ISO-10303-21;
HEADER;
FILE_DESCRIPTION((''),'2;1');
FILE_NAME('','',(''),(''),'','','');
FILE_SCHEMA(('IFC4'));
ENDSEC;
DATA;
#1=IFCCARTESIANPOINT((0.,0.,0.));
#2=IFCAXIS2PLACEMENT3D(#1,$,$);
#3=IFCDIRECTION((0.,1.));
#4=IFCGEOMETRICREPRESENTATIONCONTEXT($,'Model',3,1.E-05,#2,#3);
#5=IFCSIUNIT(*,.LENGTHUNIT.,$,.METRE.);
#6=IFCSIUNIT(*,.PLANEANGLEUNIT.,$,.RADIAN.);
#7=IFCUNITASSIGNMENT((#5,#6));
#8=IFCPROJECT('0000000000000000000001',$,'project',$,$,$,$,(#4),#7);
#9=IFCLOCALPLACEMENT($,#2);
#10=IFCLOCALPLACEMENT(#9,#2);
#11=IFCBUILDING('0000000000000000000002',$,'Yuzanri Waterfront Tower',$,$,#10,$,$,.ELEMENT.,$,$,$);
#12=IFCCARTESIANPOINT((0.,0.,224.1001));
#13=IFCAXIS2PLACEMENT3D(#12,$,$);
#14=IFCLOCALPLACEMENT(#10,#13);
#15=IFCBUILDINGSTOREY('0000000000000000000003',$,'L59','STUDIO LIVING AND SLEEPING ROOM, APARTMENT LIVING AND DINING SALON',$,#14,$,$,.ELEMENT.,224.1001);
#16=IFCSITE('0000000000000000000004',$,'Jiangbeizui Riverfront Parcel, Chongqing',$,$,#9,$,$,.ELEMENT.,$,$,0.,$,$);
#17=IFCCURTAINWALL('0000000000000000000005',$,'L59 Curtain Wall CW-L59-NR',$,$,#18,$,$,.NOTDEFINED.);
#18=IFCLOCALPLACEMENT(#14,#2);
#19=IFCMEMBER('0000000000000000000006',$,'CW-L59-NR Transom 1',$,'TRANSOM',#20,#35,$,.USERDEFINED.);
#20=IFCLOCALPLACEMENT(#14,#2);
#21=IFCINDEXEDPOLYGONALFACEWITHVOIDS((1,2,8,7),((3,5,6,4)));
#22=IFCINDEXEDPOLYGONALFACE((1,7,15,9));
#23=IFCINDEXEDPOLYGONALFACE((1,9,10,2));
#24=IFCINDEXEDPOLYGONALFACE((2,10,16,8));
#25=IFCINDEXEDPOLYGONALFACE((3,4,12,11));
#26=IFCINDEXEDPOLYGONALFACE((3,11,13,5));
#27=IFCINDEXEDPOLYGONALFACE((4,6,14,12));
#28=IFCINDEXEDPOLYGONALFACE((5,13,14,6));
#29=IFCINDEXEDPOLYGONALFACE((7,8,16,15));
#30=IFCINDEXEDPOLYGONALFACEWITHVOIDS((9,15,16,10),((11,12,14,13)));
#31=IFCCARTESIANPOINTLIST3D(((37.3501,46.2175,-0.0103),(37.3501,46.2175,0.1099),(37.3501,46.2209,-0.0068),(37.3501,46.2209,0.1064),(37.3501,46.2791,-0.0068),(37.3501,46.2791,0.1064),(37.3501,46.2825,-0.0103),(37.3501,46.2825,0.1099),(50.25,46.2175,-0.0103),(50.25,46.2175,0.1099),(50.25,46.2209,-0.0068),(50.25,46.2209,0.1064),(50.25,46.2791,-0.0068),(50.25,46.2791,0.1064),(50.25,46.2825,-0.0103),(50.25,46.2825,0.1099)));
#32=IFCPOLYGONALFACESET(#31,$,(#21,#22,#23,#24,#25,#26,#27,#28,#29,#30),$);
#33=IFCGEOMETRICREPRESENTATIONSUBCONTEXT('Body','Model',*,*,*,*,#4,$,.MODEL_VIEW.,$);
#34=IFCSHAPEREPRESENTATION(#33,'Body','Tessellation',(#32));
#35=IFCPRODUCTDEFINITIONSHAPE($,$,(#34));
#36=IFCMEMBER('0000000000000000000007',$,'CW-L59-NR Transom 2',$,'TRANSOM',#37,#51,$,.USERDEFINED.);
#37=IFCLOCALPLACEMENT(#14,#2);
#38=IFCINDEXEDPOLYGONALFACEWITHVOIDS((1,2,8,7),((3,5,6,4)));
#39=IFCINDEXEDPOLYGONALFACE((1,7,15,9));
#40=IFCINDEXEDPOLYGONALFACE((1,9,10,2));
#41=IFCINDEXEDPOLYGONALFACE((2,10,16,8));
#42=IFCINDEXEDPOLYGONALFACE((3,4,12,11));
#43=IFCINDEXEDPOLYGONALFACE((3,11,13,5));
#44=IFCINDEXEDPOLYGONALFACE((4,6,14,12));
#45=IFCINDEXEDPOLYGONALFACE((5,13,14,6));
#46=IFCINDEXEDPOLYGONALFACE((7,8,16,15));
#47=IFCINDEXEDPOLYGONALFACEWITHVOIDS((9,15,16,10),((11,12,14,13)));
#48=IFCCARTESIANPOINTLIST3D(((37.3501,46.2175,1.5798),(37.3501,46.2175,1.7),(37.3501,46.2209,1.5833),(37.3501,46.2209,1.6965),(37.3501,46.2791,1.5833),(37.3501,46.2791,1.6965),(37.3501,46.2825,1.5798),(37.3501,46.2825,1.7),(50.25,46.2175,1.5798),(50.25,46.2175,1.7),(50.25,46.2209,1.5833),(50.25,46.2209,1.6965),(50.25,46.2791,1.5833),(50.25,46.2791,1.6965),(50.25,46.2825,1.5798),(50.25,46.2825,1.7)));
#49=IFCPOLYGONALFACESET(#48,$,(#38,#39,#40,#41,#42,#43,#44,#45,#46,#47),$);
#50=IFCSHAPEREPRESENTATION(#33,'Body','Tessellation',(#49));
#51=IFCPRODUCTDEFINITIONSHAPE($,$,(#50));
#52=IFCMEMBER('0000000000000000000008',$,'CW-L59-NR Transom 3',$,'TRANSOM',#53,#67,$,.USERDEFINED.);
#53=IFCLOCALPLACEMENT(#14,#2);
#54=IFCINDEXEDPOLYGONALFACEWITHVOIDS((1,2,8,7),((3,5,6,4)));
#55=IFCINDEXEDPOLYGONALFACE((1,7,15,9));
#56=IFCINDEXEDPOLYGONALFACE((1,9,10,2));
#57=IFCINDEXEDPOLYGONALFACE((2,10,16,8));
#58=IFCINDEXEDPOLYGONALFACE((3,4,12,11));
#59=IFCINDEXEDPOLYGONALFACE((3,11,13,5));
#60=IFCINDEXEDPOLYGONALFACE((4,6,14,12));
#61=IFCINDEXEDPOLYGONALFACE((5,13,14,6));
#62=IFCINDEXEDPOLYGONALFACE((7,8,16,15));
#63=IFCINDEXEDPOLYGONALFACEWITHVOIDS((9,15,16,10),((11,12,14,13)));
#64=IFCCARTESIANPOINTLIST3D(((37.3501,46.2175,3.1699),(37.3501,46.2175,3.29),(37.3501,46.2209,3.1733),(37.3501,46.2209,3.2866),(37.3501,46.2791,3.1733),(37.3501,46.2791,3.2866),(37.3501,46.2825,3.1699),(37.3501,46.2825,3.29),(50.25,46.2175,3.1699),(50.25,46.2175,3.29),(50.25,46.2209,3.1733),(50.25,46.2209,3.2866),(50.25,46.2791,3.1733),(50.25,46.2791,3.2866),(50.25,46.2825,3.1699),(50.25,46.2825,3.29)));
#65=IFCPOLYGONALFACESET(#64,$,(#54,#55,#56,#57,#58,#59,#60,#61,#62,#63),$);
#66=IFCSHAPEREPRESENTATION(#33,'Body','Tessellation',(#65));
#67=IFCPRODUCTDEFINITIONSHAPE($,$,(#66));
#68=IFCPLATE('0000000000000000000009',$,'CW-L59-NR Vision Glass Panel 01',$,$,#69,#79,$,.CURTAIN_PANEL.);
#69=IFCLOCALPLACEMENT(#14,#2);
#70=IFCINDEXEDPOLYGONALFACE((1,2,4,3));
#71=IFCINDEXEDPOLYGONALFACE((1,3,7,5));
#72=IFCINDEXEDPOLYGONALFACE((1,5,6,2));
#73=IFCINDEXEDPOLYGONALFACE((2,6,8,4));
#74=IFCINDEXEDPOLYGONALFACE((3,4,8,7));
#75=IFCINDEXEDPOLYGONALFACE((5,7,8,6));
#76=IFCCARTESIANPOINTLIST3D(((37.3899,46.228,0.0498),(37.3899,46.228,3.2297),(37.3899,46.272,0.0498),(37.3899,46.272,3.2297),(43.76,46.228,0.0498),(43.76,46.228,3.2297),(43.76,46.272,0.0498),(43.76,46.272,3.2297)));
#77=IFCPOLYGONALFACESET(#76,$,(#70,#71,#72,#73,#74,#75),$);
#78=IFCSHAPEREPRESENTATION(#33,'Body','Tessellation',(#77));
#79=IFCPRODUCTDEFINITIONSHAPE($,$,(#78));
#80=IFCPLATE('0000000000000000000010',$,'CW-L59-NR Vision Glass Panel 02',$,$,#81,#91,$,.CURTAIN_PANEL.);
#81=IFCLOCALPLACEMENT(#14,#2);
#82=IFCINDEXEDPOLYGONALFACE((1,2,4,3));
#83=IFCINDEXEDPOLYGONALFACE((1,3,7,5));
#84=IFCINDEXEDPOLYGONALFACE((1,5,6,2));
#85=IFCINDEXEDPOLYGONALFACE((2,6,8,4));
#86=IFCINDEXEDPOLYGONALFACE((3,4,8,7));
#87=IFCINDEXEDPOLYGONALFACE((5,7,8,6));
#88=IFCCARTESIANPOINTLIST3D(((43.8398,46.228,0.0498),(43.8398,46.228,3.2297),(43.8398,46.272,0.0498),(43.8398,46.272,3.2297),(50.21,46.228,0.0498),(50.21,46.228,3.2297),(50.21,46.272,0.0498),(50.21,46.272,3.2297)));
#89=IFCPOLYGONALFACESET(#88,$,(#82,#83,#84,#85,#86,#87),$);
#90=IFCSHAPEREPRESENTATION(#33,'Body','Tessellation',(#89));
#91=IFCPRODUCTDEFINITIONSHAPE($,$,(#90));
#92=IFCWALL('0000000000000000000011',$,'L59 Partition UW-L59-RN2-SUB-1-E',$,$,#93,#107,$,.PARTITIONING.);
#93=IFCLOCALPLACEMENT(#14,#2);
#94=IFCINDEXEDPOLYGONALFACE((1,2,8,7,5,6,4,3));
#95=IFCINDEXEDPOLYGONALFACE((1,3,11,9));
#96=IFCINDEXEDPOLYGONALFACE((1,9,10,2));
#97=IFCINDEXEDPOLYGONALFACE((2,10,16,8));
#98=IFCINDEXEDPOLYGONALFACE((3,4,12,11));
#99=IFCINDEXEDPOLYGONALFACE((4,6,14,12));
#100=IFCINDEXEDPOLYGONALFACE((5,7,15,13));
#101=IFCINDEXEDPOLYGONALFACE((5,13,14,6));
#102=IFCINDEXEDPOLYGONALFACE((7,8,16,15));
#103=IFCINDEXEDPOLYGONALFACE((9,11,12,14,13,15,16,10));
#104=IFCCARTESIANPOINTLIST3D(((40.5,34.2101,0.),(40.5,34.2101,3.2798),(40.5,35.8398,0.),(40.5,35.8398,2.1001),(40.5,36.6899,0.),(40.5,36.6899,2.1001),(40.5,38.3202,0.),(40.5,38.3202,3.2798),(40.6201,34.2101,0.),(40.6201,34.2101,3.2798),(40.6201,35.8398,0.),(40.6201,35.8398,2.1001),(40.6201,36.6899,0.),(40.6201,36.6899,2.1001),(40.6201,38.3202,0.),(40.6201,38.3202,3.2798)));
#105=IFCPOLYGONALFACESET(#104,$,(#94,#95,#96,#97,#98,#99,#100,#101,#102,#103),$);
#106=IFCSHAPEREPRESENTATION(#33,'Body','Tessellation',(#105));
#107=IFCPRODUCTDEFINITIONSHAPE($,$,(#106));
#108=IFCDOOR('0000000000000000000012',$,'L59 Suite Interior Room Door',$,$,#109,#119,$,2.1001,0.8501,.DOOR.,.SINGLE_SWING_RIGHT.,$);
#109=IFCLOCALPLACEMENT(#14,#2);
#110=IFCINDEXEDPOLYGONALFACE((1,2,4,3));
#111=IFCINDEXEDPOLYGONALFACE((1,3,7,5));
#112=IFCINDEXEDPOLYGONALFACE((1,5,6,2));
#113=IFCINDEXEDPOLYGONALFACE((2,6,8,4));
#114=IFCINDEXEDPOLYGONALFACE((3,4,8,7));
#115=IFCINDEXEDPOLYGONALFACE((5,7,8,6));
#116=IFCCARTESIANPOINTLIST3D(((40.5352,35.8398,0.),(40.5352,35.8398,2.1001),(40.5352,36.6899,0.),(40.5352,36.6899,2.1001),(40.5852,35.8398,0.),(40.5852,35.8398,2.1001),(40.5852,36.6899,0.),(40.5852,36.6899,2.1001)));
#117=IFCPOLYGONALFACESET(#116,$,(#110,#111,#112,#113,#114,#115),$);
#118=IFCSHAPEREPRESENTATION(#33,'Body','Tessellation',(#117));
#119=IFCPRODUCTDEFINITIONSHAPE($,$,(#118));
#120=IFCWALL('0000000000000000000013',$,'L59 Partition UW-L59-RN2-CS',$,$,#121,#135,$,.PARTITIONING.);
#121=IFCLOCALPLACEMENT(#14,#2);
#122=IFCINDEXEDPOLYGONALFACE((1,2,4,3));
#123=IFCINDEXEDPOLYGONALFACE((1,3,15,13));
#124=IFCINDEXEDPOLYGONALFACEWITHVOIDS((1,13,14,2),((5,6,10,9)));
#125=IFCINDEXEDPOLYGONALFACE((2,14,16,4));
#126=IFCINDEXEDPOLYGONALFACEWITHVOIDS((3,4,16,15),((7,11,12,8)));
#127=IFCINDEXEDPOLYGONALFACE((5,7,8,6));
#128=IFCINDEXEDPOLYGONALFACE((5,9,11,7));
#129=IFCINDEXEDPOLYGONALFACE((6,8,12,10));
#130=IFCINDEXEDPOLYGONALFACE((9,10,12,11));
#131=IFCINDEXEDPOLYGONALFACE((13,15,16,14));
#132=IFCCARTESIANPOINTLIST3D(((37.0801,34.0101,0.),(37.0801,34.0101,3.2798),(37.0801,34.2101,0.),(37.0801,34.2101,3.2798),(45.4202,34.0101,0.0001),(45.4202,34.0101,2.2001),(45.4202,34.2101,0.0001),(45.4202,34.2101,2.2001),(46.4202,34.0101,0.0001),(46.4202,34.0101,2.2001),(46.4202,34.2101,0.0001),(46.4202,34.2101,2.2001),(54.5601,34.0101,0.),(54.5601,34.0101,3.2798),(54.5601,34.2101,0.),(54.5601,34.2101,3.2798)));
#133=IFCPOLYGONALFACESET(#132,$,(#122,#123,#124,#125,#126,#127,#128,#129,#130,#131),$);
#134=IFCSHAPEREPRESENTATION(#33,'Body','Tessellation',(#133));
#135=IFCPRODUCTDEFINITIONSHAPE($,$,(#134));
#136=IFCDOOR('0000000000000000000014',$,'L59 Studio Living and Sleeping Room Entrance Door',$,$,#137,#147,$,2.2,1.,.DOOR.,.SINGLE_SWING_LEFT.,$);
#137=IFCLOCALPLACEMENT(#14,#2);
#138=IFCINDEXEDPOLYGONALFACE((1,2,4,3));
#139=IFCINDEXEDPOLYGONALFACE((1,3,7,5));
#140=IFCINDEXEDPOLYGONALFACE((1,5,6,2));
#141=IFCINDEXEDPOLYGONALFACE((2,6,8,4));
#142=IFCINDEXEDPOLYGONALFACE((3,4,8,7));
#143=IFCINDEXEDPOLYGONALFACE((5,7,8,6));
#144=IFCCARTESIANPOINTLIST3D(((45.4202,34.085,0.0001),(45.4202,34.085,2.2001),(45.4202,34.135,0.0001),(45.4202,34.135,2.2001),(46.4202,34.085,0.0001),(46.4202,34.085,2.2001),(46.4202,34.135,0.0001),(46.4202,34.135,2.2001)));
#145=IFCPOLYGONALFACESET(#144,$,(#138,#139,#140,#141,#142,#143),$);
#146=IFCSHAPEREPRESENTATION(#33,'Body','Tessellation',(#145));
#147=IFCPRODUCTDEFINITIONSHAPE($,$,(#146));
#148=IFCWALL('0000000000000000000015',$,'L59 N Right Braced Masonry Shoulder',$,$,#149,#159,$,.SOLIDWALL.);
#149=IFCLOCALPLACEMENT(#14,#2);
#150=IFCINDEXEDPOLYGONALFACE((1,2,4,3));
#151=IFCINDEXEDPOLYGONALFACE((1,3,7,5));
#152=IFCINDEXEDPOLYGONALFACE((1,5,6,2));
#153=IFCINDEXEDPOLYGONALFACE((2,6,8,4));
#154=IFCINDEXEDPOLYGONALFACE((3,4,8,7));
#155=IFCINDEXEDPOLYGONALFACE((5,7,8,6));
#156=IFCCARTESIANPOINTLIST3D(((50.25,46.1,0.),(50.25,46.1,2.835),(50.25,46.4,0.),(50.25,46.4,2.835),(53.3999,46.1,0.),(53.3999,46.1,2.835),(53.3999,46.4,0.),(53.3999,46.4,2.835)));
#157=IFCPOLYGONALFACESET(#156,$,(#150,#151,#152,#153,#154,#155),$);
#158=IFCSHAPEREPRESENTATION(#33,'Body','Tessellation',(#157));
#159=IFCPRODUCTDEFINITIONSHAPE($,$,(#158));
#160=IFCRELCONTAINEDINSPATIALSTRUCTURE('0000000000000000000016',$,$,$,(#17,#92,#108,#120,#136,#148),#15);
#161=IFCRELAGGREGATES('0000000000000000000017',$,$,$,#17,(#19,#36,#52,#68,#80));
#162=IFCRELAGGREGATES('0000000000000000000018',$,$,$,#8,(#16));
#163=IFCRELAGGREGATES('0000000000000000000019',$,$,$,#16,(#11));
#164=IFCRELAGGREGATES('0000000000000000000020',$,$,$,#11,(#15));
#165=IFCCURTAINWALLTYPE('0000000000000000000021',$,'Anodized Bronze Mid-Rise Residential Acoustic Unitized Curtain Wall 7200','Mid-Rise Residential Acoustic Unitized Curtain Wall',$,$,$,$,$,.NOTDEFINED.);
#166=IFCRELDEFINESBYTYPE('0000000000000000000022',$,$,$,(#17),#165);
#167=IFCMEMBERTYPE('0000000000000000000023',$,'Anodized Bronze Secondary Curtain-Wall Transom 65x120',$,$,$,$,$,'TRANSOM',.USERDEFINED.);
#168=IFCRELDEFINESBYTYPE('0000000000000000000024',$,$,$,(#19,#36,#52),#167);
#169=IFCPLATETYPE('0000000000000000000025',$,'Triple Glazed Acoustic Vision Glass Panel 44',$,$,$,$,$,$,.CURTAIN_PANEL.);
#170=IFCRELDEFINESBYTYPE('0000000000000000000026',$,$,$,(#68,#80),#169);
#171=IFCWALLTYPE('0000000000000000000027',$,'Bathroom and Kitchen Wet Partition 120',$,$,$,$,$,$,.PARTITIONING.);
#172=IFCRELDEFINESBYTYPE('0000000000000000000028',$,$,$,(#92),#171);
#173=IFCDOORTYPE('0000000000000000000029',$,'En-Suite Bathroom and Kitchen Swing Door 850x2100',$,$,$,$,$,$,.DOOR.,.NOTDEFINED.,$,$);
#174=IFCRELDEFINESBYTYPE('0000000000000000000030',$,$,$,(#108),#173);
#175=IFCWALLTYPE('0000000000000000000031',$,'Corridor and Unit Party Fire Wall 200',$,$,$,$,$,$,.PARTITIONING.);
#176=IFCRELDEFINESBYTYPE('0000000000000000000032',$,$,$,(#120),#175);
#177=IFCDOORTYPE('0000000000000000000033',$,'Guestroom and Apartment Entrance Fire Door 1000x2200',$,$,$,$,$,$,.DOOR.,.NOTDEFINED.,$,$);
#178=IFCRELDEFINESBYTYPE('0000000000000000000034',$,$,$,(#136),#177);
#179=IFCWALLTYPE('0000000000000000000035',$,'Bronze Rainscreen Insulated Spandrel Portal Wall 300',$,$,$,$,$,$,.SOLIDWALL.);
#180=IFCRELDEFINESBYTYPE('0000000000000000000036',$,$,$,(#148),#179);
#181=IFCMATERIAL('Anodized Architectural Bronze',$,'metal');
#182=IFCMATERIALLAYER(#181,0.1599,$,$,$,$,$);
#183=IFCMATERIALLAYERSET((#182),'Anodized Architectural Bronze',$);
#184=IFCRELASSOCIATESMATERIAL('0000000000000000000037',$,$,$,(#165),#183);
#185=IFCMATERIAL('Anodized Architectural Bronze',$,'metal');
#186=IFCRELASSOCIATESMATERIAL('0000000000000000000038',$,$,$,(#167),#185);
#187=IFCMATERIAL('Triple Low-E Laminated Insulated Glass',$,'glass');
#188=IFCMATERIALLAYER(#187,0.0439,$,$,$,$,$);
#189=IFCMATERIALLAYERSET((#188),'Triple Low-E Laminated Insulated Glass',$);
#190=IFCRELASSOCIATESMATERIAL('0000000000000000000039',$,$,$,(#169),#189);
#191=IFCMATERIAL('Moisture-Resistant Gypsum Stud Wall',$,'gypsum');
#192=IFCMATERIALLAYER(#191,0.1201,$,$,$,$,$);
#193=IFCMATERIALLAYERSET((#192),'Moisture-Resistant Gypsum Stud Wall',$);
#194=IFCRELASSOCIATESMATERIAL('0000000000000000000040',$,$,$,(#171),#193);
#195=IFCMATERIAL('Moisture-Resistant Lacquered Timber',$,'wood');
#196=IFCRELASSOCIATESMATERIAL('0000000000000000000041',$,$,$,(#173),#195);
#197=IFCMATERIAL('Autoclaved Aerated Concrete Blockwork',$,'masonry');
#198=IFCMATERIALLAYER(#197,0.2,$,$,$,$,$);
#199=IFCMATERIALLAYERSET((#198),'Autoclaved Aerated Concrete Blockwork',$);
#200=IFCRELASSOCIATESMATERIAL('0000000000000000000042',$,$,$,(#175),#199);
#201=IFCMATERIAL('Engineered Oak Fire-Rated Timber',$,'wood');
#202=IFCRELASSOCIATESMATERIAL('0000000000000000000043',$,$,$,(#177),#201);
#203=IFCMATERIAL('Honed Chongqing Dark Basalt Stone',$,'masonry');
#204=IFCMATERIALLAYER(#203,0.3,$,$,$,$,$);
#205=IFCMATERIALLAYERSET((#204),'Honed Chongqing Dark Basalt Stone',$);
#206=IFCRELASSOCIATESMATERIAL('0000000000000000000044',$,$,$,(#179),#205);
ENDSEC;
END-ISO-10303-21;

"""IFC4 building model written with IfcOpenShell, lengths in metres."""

from ifc_helpers import new_model, si_unit, direction, frame, frame_2d, origin, origin_2d, place, context, subcontext, project, spatial, rectangle, hollow_rectangle, extrude, source, transform, mapped, material, layer, layer_set, material_profile, profile_set, type_object, element, fill, aggregate, save


model = new_model("IFC4")

# Units and contexts
model_context = context("Model", 3, precision=1e-05, world=origin(), true_north=direction((0.0, 1.0)))
body_context = subcontext(model_context, "Body", "Model", "MODEL_VIEW")
ifc_project = project(units=[si_unit("LENGTHUNIT", "METRE"), si_unit("PLANEANGLEUNIT", "RADIAN")], contexts=[model_context])

# Site, building, storey
site_placement = place(None, origin())
site = spatial("IfcSite", under=ifc_project, at=site_placement, Name="Jiangbeizui Riverfront Parcel, Chongqing", CompositionType="ELEMENT", RefElevation=0.0)
building_placement = place(site_placement, origin())
building = spatial("IfcBuilding", under=site, at=building_placement, Name="Yuzanri Waterfront Tower", CompositionType="ELEMENT")
storey_placement = place(building_placement, frame((0.0, 0.0, 224.1001)))
storey = spatial("IfcBuildingStorey", under=building, at=storey_placement, Name="L59", Description="STUDIO LIVING AND SLEEPING ROOM, APARTMENT LIVING AND DINING SALON", CompositionType="ELEMENT", Elevation=224.1001)

# Curtain wall, members, plates
ifc_material_1 = material(Name="Anodized Architectural Bronze", Category="metal")
ifc_layer_1 = layer(ifc_material_1, 0.1599)
ifc_layer_set_1 = layer_set([ifc_layer_1], Name="Anodized Architectural Bronze")
curtain_wall_type = type_object("IfcCurtainWallType", Name="Anodized Bronze Mid-Rise Residential Acoustic Unitized Curtain Wall 7200", Description="Mid-Rise Residential Acoustic Unitized Curtain Wall", PredefinedType="NOTDEFINED", material=ifc_layer_set_1)
curtain_wall_placement = place(storey_placement, origin())
curtain_wall = element("IfcCurtainWall", 1, at=curtain_wall_placement, inside=storey, type_object=curtain_wall_type, Name="L59 Curtain Wall CW-L59-NR", PredefinedType="NOTDEFINED")
ifc_material_2 = material(Name="Anodized Architectural Bronze", Category="metal")
ifc_material_profile_1 = material_profile(ifc_material_2, hollow_rectangle(XDim=0.0649, YDim=0.1201, WallThickness=0.0034, at=origin_2d()), Name="CWT 65x120")
ifc_profile_set_1 = profile_set([ifc_material_profile_1], Name="Anodized Architectural Bronze")
member_type_1 = type_object("IfcMemberType", Name="Anodized Bronze Secondary Curtain-Wall Transom 65x120", ElementType="TRANSOM", PredefinedType="USERDEFINED", material=ifc_profile_set_1)
shared_shape_1 = source(origin(), body_context, "Body", "SweptSolid", [
    extrude(hollow_rectangle(XDim=0.0649, YDim=0.1201, WallThickness=0.0034, at=origin_2d()), origin(), (0.0, 0.0, 1.0), 12.8999),
])
member_1_placement = place(storey_placement, frame((37.3501, 46.25, 0.0498), z_axis=(1.0, 0.0, 0.0), x_axis=(0.0, 1.0, 0.0)))
member_1 = element("IfcMember", 2, at=member_1_placement, type_object=member_type_1, Name="CW-L59-NR Transom 1", ObjectType="TRANSOM", PredefinedType="USERDEFINED", context=body_context, shape_type="MappedRepresentation", body=[
    mapped(shared_shape_1, transform((0.0, 0.0, 0.0), scale=1.0)),
])
member_2_placement = place(storey_placement, frame((37.3501, 46.25, 1.6399), z_axis=(1.0, 0.0, 0.0), x_axis=(0.0, 1.0, 0.0)))
member_2 = element("IfcMember", 3, at=member_2_placement, type_object=member_type_1, Name="CW-L59-NR Transom 2", ObjectType="TRANSOM", PredefinedType="USERDEFINED", context=body_context, shape_type="MappedRepresentation", body=[
    mapped(shared_shape_1, transform((0.0, 0.0, 0.0), scale=1.0)),
])
member_3_placement = place(storey_placement, frame((37.3501, 46.25, 3.23), z_axis=(1.0, 0.0, 0.0), x_axis=(0.0, 1.0, 0.0)))
member_3 = element("IfcMember", 4, at=member_3_placement, type_object=member_type_1, Name="CW-L59-NR Transom 3", ObjectType="TRANSOM", PredefinedType="USERDEFINED", context=body_context, shape_type="MappedRepresentation", body=[
    mapped(shared_shape_1, transform((0.0, 0.0, 0.0), scale=1.0)),
])
ifc_material_3 = material(Name="Triple Low-E Laminated Insulated Glass", Category="glass")
ifc_layer_2 = layer(ifc_material_3, 0.0439)
ifc_layer_set_2 = layer_set([ifc_layer_2], Name="Triple Low-E Laminated Insulated Glass")
plate_type = type_object("IfcPlateType", Name="Triple Glazed Acoustic Vision Glass Panel 44", PredefinedType="CURTAIN_PANEL", material=ifc_layer_set_2)
shared_shape_2 = source(origin(), body_context, "Body", "SweptSolid", [
    extrude(rectangle(XDim=6.3701, YDim=0.0439, at=origin_2d()), origin(), (0.0, 0.0, 1.0), 3.1799),
])
plate_1_placement = place(storey_placement, frame((40.575, 46.25, 0.0498), z_axis=(0.0, 0.0, 1.0), x_axis=(1.0, 0.0, 0.0)))
plate_1 = element("IfcPlate", 5, at=plate_1_placement, type_object=plate_type, Name="CW-L59-NR Vision Glass Panel 01", PredefinedType="CURTAIN_PANEL", context=body_context, shape_type="MappedRepresentation", body=[
    mapped(shared_shape_2, transform((0.0, 0.0, 0.0), scale=1.0)),
])
plate_2_placement = place(storey_placement, frame((47.0249, 46.25, 0.0498), z_axis=(0.0, 0.0, 1.0), x_axis=(1.0, 0.0, 0.0)))
plate_2 = element("IfcPlate", 6, at=plate_2_placement, type_object=plate_type, Name="CW-L59-NR Vision Glass Panel 02", PredefinedType="CURTAIN_PANEL", context=body_context, shape_type="MappedRepresentation", body=[
    mapped(shared_shape_2, transform((0.0, 0.0, 0.0), scale=1.0)),
])
aggregate(curtain_wall, [member_1, member_2, member_3, plate_1, plate_2])

# Walls, openings, doors
ifc_material_4 = material(Name="Moisture-Resistant Gypsum Stud Wall", Category="gypsum")
ifc_layer_3 = layer(ifc_material_4, 0.1201)
ifc_layer_set_3 = layer_set([ifc_layer_3], Name="Moisture-Resistant Gypsum Stud Wall")
wall_type_1 = type_object("IfcWallType", Name="Bathroom and Kitchen Wet Partition 120", PredefinedType="PARTITIONING", material=ifc_layer_set_3)
wall_1_placement = place(storey_placement, frame((40.5601, 34.21, 0.0), z_axis=(0.0, 0.0, 1.0), x_axis=(0.0, 1.0, 0.0)))
wall_1 = element("IfcWall", 7, at=wall_1_placement, inside=storey, type_object=wall_type_1, Name="L59 Partition UW-L59-RN2-SUB-1-E", PredefinedType="PARTITIONING", context=body_context, shape_type="SweptSolid", body=[
    extrude(rectangle(XDim=4.1101, YDim=0.1201, at=frame_2d((2.0552, 0.0))), origin(), (0.0, 0.0, 1.0), 3.2798),
])
opening_1_placement = place(wall_1_placement, frame((1.6299, 0.0, 0.0)))
opening_1 = element("IfcOpeningElement", 8, at=opening_1_placement, cuts=wall_1, PredefinedType="OPENING", context=body_context, shape_type="SweptSolid", body=[
    extrude(rectangle(XDim=0.8501, YDim=2.1001, at=frame_2d((0.425, 1.05))), frame((0.0, 0.075, 0.0), z_axis=(0.0, -1.0, 0.0), x_axis=(1.0, 0.0, 0.0)), (0.0, 0.0, 1.0), 0.1499),
])
ifc_material_5 = material(Name="Moisture-Resistant Lacquered Timber", Category="wood")
door_type_1 = type_object("IfcDoorType", Name="En-Suite Bathroom and Kitchen Swing Door 850x2100", OperationType="NOTDEFINED", PredefinedType="DOOR", material=ifc_material_5)
shared_shape_3 = source(origin(), body_context, "Body", "SweptSolid", [
    extrude(rectangle(XDim=0.8501, YDim=2.1001, at=frame_2d((0.425, 1.05))), frame((0.0, 0.0249, 0.0), z_axis=(0.0, -1.0, 0.0), x_axis=(1.0, 0.0, 0.0)), (0.0, 0.0, 1.0), 0.05),
])
door_1_placement = place(opening_1_placement, origin())
door_1 = element("IfcDoor", 9, at=door_1_placement, inside=storey, type_object=door_type_1, Name="L59 Suite Interior Room Door", OperationType="SINGLE_SWING_RIGHT", OverallHeight=2.1001, OverallWidth=0.8501, PredefinedType="DOOR", context=body_context, shape_type="MappedRepresentation", body=[
    mapped(shared_shape_3, transform((0.0, 0.0, 0.0), scale=1.0)),
])
fill(opening_1, door_1)
ifc_material_6 = material(Name="Autoclaved Aerated Concrete Blockwork", Category="masonry")
ifc_layer_4 = layer(ifc_material_6, 0.2)
ifc_layer_set_4 = layer_set([ifc_layer_4], Name="Autoclaved Aerated Concrete Blockwork")
wall_type_2 = type_object("IfcWallType", Name="Corridor and Unit Party Fire Wall 200", PredefinedType="PARTITIONING", material=ifc_layer_set_4)
wall_2_placement = place(storey_placement, frame((37.0801, 34.1101, 0.0), z_axis=(0.0, 0.0, 1.0), x_axis=(1.0, 0.0, 0.0)))
wall_2 = element("IfcWall", 10, at=wall_2_placement, inside=storey, type_object=wall_type_2, Name="L59 Partition UW-L59-RN2-CS", PredefinedType="PARTITIONING", context=body_context, shape_type="SweptSolid", body=[
    extrude(rectangle(XDim=17.48, YDim=0.2, at=frame_2d((8.74, 0.0))), origin(), (0.0, 0.0, 1.0), 3.2798),
])
opening_2_placement = place(wall_2_placement, frame((8.3401, 0.0, 0.0)))
opening_2 = element("IfcOpeningElement", 11, at=opening_2_placement, cuts=wall_2, PredefinedType="OPENING", context=body_context, shape_type="SweptSolid", body=[
    extrude(rectangle(XDim=1.0, YDim=2.2, at=frame_2d((0.5, 1.1001))), frame((0.0, 0.1147, 0.0), z_axis=(0.0, -1.0, 0.0), x_axis=(1.0, 0.0, 0.0)), (0.0, 0.0, 1.0), 0.2297),
])
ifc_material_7 = material(Name="Engineered Oak Fire-Rated Timber", Category="wood")
door_type_2 = type_object("IfcDoorType", Name="Guestroom and Apartment Entrance Fire Door 1000x2200", OperationType="NOTDEFINED", PredefinedType="DOOR", material=ifc_material_7)
shared_shape_4 = source(origin(), body_context, "Body", "SweptSolid", [
    extrude(rectangle(XDim=1.0, YDim=2.2, at=frame_2d((0.5, 1.1001))), frame((0.0, 0.0249, 0.0), z_axis=(0.0, -1.0, 0.0), x_axis=(1.0, 0.0, 0.0)), (0.0, 0.0, 1.0), 0.05),
])
door_2_placement = place(opening_2_placement, origin())
door_2 = element("IfcDoor", 12, at=door_2_placement, inside=storey, type_object=door_type_2, Name="L59 Studio Living and Sleeping Room Entrance Door", OperationType="SINGLE_SWING_LEFT", OverallHeight=2.2, OverallWidth=1.0, PredefinedType="DOOR", context=body_context, shape_type="MappedRepresentation", body=[
    mapped(shared_shape_4, transform((0.0, 0.0, 0.0), scale=1.0)),
])
fill(opening_2, door_2)

# Wall
ifc_material_8 = material(Name="Honed Chongqing Dark Basalt Stone", Category="masonry")
ifc_layer_5 = layer(ifc_material_8, 0.3)
ifc_layer_set_5 = layer_set([ifc_layer_5], Name="Honed Chongqing Dark Basalt Stone")
wall_type_3 = type_object("IfcWallType", Name="Bronze Rainscreen Insulated Spandrel Portal Wall 300", PredefinedType="SOLIDWALL", material=ifc_layer_set_5)
shared_shape_5 = source(origin(), body_context, "Body", "SweptSolid", [
    extrude(rectangle(XDim=3.1499, YDim=0.3, at=frame_2d((1.575, 0.0))), origin(), (0.0, 0.0, 1.0), 2.835),
])
wall_3_placement = place(storey_placement, frame((50.25, 46.25, 0.0), z_axis=(0.0, 0.0, 1.0), x_axis=(1.0, 0.0, 0.0)))
element("IfcWall", 13, at=wall_3_placement, inside=storey, type_object=wall_type_3, Name="L59 N Right Braced Masonry Shoulder", PredefinedType="SOLIDWALL", context=body_context, shape_type="MappedRepresentation", body=[
    mapped(shared_shape_5, transform((0.0, 0.0, 0.0), scale=1.0)),
])

save(model, "model.ifc")
